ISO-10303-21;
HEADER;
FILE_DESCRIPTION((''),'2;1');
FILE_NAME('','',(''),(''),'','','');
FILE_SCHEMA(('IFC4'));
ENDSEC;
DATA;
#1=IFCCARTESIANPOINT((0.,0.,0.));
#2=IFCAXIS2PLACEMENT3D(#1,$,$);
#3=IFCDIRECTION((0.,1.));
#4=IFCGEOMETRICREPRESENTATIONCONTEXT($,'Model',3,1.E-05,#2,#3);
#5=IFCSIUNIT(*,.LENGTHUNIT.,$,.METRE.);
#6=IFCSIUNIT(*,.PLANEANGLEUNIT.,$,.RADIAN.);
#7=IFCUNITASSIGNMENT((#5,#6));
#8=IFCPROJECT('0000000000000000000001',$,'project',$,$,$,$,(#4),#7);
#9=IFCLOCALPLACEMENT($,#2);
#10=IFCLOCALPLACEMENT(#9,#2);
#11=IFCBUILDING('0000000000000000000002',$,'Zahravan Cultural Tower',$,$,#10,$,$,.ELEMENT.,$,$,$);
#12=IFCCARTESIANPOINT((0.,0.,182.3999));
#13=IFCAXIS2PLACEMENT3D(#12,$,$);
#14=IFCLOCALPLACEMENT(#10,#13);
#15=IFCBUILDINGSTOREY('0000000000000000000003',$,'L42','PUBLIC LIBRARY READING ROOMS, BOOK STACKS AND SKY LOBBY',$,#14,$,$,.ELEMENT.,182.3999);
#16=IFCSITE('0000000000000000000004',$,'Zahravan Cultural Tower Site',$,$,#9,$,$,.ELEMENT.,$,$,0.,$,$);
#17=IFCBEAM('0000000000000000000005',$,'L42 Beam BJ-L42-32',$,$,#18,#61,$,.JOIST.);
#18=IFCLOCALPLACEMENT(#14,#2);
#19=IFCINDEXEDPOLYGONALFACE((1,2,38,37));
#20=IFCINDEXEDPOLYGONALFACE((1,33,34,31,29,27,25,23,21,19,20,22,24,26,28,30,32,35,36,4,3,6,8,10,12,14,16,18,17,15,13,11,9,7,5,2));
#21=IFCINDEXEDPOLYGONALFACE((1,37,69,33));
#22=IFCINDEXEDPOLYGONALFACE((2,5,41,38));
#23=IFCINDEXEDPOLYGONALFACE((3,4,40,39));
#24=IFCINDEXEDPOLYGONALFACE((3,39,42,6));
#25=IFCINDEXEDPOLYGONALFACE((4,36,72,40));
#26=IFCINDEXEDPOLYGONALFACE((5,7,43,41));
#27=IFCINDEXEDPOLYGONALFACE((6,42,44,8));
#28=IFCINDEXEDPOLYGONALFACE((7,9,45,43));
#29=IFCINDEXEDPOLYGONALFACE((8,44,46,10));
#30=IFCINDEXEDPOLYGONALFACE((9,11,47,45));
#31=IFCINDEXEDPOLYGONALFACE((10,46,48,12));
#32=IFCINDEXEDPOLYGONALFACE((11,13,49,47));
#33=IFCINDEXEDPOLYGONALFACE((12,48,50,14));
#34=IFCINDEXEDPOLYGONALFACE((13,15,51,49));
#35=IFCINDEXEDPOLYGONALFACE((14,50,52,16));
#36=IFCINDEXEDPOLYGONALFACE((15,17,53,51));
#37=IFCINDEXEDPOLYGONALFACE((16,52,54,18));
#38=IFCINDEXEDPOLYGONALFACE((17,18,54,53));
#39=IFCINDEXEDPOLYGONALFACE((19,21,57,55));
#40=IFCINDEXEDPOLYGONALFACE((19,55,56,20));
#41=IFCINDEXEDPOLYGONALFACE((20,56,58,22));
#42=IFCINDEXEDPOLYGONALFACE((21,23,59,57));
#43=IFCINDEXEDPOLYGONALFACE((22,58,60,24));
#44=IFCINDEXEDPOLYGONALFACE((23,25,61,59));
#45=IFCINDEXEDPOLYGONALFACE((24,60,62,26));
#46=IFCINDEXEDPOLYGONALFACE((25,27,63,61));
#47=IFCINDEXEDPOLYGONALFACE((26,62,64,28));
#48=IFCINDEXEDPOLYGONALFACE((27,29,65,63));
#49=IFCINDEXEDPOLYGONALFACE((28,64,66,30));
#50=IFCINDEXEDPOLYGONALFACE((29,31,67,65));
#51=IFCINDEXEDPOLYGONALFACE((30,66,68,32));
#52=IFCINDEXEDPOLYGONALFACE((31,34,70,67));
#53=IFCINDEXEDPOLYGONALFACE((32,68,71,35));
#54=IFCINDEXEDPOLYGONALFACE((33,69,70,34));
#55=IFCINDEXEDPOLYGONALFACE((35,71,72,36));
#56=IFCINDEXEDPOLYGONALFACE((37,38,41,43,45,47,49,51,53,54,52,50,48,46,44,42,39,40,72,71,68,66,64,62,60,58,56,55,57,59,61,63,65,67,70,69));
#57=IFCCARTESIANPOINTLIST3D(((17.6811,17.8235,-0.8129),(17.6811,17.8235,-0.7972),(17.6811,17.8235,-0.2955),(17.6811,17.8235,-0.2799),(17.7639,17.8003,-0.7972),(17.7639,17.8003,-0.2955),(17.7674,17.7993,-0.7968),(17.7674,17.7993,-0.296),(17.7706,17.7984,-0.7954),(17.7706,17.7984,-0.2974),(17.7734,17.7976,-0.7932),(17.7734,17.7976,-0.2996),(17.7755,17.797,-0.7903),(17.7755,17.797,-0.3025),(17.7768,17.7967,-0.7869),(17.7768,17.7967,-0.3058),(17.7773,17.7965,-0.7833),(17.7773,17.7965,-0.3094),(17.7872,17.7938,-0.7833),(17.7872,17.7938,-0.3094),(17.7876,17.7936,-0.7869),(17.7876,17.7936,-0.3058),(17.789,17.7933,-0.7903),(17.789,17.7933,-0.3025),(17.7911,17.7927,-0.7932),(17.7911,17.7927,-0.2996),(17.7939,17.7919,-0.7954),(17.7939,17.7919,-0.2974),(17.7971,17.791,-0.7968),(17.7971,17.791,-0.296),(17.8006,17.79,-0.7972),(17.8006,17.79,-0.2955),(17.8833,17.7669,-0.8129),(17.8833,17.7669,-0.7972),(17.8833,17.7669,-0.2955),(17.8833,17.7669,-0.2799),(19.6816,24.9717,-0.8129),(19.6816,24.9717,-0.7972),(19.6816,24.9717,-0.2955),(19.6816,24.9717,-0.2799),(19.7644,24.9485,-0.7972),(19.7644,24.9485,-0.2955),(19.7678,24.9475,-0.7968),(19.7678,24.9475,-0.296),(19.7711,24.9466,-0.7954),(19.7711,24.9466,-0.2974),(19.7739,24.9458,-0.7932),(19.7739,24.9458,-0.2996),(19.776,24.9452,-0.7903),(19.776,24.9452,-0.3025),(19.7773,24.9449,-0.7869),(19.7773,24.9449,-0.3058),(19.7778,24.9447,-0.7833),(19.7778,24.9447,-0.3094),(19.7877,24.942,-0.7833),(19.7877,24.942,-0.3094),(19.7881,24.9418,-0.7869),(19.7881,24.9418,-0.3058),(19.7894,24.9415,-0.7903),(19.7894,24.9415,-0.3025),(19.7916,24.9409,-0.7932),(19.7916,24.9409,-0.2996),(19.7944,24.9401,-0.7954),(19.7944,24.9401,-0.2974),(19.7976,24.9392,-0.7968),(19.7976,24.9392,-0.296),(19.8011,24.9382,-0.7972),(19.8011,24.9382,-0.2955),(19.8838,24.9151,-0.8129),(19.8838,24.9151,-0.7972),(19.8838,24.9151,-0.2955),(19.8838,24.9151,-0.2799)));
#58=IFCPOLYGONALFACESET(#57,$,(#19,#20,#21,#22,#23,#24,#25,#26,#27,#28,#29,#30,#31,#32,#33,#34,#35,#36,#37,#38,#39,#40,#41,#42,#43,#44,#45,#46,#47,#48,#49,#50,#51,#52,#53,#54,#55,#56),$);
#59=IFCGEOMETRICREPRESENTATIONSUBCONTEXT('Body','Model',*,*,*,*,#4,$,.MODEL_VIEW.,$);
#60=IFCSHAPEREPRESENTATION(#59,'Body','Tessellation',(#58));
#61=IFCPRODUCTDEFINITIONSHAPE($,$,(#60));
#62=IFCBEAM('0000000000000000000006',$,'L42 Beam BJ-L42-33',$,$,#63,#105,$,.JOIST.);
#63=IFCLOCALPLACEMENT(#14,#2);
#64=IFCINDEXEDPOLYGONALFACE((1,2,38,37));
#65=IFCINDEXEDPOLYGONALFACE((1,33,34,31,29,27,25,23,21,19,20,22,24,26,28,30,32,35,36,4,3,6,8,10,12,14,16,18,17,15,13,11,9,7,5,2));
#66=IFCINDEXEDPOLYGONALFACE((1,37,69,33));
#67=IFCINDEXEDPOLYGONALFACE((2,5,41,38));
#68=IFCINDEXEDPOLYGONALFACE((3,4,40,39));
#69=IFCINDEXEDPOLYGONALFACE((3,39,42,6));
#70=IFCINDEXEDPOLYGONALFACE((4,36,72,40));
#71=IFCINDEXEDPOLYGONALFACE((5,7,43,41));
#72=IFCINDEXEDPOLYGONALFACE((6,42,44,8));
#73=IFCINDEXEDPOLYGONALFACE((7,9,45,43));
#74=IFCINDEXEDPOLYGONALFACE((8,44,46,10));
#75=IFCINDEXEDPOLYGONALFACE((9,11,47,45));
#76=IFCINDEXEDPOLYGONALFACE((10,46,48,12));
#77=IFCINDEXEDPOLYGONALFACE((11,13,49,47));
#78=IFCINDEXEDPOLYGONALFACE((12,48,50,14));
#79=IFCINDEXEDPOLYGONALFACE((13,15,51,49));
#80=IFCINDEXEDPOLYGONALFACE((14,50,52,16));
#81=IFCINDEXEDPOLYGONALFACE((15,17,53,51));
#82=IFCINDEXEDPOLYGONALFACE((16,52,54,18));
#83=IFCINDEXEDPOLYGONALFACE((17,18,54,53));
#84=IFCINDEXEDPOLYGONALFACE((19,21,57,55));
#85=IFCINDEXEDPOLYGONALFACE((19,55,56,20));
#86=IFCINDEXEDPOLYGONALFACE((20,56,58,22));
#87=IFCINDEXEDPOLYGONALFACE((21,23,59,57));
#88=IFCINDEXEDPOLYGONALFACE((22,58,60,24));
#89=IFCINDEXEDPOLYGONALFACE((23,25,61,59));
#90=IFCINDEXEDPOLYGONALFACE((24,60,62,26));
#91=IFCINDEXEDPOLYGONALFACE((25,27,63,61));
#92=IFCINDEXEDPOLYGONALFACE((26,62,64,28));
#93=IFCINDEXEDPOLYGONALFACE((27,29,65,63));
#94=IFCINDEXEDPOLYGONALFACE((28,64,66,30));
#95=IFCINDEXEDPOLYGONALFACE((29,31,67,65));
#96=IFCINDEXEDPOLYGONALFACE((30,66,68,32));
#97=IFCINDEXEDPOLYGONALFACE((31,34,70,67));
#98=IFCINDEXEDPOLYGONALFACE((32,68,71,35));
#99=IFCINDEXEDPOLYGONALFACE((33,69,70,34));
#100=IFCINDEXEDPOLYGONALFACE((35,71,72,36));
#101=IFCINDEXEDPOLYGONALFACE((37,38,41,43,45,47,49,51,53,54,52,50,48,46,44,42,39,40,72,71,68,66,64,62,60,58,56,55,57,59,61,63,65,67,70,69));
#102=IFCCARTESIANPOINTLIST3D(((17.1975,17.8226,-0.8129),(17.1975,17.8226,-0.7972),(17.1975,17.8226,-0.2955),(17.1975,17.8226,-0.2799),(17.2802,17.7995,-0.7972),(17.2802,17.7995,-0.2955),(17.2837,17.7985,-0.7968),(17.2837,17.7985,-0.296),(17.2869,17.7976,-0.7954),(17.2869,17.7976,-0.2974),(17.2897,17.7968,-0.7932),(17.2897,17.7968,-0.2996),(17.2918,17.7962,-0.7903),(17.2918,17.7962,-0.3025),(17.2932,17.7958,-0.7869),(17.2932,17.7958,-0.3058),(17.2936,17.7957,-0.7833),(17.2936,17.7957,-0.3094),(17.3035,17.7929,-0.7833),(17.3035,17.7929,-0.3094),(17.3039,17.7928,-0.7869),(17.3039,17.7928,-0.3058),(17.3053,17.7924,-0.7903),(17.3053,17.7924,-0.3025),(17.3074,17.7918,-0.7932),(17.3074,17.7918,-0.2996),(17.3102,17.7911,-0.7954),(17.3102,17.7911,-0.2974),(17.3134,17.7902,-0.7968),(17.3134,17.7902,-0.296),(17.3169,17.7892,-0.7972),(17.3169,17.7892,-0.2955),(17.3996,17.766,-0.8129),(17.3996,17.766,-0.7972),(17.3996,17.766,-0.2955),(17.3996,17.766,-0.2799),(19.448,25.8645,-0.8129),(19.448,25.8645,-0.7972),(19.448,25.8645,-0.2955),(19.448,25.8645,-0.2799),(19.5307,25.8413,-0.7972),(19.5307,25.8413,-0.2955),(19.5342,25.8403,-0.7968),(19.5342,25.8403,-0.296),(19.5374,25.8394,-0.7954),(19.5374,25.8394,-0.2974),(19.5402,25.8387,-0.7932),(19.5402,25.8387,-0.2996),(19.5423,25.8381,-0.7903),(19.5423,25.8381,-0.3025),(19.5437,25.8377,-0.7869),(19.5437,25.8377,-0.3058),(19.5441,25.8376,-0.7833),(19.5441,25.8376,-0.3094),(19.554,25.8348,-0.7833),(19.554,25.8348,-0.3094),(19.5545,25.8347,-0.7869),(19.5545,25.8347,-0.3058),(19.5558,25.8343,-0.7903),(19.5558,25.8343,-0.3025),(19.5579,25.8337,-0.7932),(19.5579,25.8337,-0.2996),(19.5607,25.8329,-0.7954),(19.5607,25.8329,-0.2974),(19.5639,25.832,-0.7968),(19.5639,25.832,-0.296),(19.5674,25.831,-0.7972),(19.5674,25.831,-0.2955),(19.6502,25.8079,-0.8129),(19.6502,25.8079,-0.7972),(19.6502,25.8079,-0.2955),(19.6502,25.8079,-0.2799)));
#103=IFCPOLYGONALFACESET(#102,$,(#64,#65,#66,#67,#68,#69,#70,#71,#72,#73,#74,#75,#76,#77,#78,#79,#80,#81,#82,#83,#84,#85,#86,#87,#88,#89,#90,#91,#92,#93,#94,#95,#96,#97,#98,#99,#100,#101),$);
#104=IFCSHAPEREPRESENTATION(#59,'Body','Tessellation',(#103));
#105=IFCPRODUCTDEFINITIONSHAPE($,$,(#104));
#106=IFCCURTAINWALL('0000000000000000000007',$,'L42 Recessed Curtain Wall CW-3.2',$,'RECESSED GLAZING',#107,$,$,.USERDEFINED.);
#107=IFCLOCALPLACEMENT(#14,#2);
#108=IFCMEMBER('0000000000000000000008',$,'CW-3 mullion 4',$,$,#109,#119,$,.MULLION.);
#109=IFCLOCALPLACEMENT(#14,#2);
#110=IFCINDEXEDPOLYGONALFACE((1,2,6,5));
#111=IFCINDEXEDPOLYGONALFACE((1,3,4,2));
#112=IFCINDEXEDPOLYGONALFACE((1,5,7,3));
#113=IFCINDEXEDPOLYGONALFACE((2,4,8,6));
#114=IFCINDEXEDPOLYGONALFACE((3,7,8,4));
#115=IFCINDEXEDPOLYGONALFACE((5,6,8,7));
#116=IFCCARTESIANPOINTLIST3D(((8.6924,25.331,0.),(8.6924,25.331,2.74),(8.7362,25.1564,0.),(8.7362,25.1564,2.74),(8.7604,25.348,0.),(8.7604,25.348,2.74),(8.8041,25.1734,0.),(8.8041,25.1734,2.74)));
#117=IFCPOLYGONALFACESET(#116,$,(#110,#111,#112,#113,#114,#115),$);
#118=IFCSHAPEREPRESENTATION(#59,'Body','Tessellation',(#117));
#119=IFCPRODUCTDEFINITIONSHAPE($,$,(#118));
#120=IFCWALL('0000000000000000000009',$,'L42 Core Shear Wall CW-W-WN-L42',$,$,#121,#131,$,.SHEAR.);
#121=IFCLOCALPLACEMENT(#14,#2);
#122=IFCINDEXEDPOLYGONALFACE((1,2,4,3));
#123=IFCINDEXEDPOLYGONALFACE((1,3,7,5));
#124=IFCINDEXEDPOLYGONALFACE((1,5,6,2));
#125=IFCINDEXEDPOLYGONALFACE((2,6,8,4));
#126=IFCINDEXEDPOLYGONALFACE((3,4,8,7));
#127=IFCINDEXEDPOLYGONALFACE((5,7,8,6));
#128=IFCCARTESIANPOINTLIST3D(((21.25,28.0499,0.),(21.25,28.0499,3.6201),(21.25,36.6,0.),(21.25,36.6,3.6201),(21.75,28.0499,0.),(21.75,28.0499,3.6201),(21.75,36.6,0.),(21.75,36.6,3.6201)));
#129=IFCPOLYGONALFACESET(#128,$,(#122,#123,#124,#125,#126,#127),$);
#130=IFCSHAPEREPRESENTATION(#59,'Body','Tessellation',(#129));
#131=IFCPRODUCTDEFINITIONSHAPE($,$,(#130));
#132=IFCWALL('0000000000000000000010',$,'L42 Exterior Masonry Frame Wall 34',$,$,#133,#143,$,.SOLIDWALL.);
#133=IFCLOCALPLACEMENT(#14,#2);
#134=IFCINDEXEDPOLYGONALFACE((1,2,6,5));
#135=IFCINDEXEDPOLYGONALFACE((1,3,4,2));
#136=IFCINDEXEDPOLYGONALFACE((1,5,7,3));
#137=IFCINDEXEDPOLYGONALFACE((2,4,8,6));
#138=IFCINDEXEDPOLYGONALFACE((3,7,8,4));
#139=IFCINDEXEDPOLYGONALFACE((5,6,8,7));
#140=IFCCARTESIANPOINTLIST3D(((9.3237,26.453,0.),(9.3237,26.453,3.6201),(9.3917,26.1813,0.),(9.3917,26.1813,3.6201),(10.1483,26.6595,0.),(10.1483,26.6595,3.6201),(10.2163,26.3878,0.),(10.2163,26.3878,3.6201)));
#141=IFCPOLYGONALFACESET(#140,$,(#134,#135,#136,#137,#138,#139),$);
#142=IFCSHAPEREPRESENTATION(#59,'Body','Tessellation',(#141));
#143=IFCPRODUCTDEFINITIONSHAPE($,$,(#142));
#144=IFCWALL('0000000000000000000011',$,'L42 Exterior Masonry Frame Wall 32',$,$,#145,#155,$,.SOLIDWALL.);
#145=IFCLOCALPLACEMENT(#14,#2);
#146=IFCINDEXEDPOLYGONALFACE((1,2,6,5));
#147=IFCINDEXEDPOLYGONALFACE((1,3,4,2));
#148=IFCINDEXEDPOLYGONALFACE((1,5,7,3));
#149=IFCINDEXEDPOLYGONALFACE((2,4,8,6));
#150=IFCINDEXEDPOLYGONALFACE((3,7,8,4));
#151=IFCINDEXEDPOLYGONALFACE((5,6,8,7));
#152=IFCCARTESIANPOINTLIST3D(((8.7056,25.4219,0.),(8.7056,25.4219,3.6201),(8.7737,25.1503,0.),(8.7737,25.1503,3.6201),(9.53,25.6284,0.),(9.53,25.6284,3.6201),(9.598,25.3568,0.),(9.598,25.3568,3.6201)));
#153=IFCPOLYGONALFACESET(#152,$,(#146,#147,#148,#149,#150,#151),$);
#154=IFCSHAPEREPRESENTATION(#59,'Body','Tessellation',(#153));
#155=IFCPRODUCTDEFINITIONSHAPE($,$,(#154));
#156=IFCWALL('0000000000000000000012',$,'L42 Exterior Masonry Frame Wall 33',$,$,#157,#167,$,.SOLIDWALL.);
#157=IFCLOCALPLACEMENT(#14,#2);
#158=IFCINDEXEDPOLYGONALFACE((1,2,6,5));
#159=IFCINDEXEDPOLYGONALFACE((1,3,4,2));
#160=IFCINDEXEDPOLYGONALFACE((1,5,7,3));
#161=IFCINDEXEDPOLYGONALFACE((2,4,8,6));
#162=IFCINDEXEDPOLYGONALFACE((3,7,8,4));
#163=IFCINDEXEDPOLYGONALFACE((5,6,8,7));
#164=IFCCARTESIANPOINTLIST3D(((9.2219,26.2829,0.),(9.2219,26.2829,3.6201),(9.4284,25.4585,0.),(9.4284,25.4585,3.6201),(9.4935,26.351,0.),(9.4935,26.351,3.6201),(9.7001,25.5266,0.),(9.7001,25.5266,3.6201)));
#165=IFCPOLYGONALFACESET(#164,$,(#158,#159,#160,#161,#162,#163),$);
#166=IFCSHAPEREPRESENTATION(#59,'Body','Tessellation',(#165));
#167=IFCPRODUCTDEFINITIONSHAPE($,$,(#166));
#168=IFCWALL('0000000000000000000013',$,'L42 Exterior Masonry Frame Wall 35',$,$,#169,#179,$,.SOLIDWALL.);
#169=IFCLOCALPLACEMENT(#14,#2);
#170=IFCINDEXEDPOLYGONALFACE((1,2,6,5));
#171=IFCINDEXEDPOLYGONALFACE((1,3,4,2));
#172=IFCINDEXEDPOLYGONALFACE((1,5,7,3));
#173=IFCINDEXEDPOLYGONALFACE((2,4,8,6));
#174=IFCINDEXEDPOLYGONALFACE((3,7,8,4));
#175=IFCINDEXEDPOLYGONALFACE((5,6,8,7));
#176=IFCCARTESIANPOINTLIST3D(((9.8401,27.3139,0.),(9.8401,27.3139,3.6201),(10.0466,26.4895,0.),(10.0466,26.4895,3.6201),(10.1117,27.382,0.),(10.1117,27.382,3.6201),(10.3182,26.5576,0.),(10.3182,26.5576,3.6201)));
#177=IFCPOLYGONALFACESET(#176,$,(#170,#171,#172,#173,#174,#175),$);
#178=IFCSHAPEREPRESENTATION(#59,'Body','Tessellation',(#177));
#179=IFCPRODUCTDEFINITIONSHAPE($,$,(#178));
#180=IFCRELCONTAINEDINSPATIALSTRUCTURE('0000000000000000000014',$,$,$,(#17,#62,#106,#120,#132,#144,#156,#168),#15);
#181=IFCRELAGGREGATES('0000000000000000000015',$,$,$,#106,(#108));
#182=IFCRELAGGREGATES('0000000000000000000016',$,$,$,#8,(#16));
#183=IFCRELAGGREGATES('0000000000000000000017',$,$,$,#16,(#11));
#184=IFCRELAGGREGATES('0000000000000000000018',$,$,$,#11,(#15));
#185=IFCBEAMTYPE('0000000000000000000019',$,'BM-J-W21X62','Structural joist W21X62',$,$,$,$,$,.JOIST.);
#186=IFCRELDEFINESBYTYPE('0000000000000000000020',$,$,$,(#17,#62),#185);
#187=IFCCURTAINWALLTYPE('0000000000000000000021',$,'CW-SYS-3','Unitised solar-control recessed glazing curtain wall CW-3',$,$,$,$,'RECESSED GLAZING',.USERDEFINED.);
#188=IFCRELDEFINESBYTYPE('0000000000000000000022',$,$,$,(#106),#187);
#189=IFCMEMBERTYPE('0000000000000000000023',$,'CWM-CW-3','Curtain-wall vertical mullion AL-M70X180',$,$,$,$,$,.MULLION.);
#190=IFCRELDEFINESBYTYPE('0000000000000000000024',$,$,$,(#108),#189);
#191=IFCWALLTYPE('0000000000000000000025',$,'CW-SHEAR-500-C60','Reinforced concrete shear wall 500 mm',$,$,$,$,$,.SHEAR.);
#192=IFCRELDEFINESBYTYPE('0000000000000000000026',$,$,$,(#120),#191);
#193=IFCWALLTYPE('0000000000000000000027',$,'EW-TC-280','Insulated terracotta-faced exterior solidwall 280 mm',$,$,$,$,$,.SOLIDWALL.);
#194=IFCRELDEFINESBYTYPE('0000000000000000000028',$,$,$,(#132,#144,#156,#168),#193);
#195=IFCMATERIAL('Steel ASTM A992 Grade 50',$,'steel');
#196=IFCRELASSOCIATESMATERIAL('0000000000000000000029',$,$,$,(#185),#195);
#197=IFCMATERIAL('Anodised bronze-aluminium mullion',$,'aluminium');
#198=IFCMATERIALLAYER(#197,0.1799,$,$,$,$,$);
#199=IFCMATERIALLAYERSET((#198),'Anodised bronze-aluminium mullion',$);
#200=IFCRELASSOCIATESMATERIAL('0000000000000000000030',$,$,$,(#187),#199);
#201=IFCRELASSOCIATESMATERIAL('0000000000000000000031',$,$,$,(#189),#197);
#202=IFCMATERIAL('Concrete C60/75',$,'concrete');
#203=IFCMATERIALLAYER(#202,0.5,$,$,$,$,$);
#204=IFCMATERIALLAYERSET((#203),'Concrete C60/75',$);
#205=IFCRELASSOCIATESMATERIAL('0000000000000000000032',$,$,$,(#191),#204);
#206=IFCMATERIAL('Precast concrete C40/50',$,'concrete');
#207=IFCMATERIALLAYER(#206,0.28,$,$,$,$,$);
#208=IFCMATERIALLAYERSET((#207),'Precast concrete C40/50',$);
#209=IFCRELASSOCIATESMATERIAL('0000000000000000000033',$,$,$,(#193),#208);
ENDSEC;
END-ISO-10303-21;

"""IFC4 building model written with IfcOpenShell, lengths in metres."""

from ifc_helpers import new_model, si_unit, direction, frame, frame_2d, origin, origin_2d, place, context, subcontext, project, spatial, rectangle, i_section, extrude, source, transform, mapped, material, layer, layer_set, material_profile, profile_set, type_object, element, aggregate, save


model = new_model("IFC4")

# Units and contexts
model_context = context("Model", 3, precision=1e-05, world=origin(), true_north=direction((0.0, 1.0)))
body_context = subcontext(model_context, "Body", "Model", "MODEL_VIEW")
ifc_project = project(units=[si_unit("LENGTHUNIT", "METRE"), si_unit("PLANEANGLEUNIT", "RADIAN")], contexts=[model_context])

# Site, building, storey
site_placement = place(None, origin())
site = spatial("IfcSite", under=ifc_project, at=site_placement, Name="Zahravan Cultural Tower Site", CompositionType="ELEMENT", RefElevation=0.0)
building_placement = place(site_placement, origin())
building = spatial("IfcBuilding", under=site, at=building_placement, Name="Zahravan Cultural Tower", CompositionType="ELEMENT")
storey_placement = place(building_placement, frame((0.0, 0.0, 182.3999)))
storey = spatial("IfcBuildingStorey", under=building, at=storey_placement, Name="L42", Description="PUBLIC LIBRARY READING ROOMS, BOOK STACKS AND SKY LOBBY", CompositionType="ELEMENT", Elevation=182.3999)

# Shared definitions
ifc_material_1 = material(Name="Steel ASTM A992 Grade 50", Category="steel")

# Beams
ifc_material_profile_1 = material_profile(ifc_material_1, i_section(OverallWidth=0.21, OverallDepth=0.533, WebThickness=0.0103, FlangeThickness=0.0156, FilletRadius=0.0139, at=origin_2d()), Name="W21X62")
ifc_profile_set_1 = profile_set([ifc_material_profile_1], Name="Steel ASTM A992 Grade 50")
beam_type_1 = type_object("IfcBeamType", Name="BM-J-W21X62", Description="Structural joist W21X62", PredefinedType="JOIST", material=ifc_profile_set_1)
shared_shape_1 = source(origin(), body_context, "Body", "SweptSolid", [
    extrude(i_section(OverallWidth=0.21, OverallDepth=0.533, WebThickness=0.0103, FlangeThickness=0.0156, FilletRadius=0.0139, at=origin_2d()), origin(), (0.0, 0.0, 1.0), 7.4229),
])
beam_1_placement = place(storey_placement, frame((19.7827, 24.9434, -0.5464), z_axis=(-0.269504, -0.962999, 0.0), x_axis=(0.962999, -0.269504, 0.0)))
element("IfcBeam", 1, at=beam_1_placement, inside=storey, type_object=beam_type_1, Name="L42 Beam BJ-L42-32", PredefinedType="JOIST", context=body_context, shape_type="MappedRepresentation", body=[
    mapped(shared_shape_1, transform((0.0, 0.0, 0.0), x_axis=(1.0, 0.0, 0.0), y_axis=(0.0, 1.0, 0.0), z_axis=(0.0, 0.0, 1.0), scale=1.0)),
])
shared_shape_2 = source(origin(), body_context, "Body", "SweptSolid", [
    extrude(i_section(OverallWidth=0.21, OverallDepth=0.533, WebThickness=0.0103, FlangeThickness=0.0156, FilletRadius=0.0139, at=origin_2d()), origin(), (0.0, 0.0, 1.0), 8.3508),
])
beam_2_placement = place(storey_placement, frame((19.5491, 25.8362, -0.5464), z_axis=(-0.269497, -0.963001, 0.0), x_axis=(0.963001, -0.269497, 0.0)))
element("IfcBeam", 2, at=beam_2_placement, inside=storey, type_object=beam_type_1, Name="L42 Beam BJ-L42-33", PredefinedType="JOIST", context=body_context, shape_type="MappedRepresentation", body=[
    mapped(shared_shape_2, transform((0.0, 0.0, 0.0), x_axis=(1.0, 0.0, 0.0), y_axis=(0.0, 1.0, 0.0), z_axis=(0.0, 0.0, 1.0), scale=1.0)),
])

# Curtain wall, member
ifc_material_2 = material(Name="Anodised bronze-aluminium mullion", Category="aluminium")
ifc_layer_1 = layer(ifc_material_2, 0.1799)
ifc_layer_set_1 = layer_set([ifc_layer_1], Name="Anodised bronze-aluminium mullion")
curtain_wall_type = type_object("IfcCurtainWallType", Name="CW-SYS-3", Description="Unitised solar-control recessed glazing curtain wall CW-3", ElementType="RECESSED GLAZING", PredefinedType="USERDEFINED", material=ifc_layer_set_1)
curtain_wall_placement = place(storey_placement, origin())
curtain_wall = element("IfcCurtainWall", 3, at=curtain_wall_placement, inside=storey, type_object=curtain_wall_type, Name="L42 Recessed Curtain Wall CW-3.2", ObjectType="RECESSED GLAZING", PredefinedType="USERDEFINED")
ifc_material_profile_2 = material_profile(ifc_material_2, rectangle(XDim=0.0701, YDim=0.1799, at=origin_2d()), Name="AL-M70X180")
ifc_profile_set_2 = profile_set([ifc_material_profile_2], Name="Anodised bronze-aluminium mullion")
member_type = type_object("IfcMemberType", Name="CWM-CW-3", Description="Curtain-wall vertical mullion AL-M70X180", PredefinedType="MULLION", material=ifc_profile_set_2)
shared_shape_3 = source(origin(), body_context, "Body", "SweptSolid", [
    extrude(rectangle(XDim=0.0701, YDim=0.1799, at=origin_2d()), origin(), (0.0, 0.0, 1.0), 2.74),
])
member_placement = place(storey_placement, frame((8.7483, 25.2522, 0.0), z_axis=(0.0, 0.0, 1.0), x_axis=(-0.97004, -0.242944, 0.0)))
member = element("IfcMember", 4, at=member_placement, type_object=member_type, Name="CW-3 mullion 4", PredefinedType="MULLION", context=body_context, shape_type="MappedRepresentation", body=[
    mapped(shared_shape_3, transform((0.0, 0.0, 0.0), x_axis=(1.0, 0.0, 0.0), y_axis=(0.0, 1.0, 0.0), z_axis=(0.0, 0.0, 1.0), scale=1.0)),
])
aggregate(curtain_wall, [member])

# Walls
ifc_material_3 = material(Name="Concrete C60/75", Category="concrete")
ifc_layer_2 = layer(ifc_material_3, 0.5)
ifc_layer_set_2 = layer_set([ifc_layer_2], Name="Concrete C60/75")
wall_type_1 = type_object("IfcWallType", Name="CW-SHEAR-500-C60", Description="Reinforced concrete shear wall 500 mm", PredefinedType="SHEAR", material=ifc_layer_set_2)
shared_shape_4 = source(origin(), body_context, "Body", "SweptSolid", [
    extrude(rectangle(XDim=8.55, YDim=0.5, at=frame_2d((4.2749, 0.0))), origin(), (0.0, 0.0, 1.0), 3.6201),
])
wall_1_placement = place(storey_placement, frame((21.5, 28.05, 0.0), z_axis=(0.0, 0.0, 1.0), x_axis=(0.0, 1.0, 0.0)))
element("IfcWall", 5, at=wall_1_placement, inside=storey, type_object=wall_type_1, Name="L42 Core Shear Wall CW-W-WN-L42", PredefinedType="SHEAR", context=body_context, shape_type="MappedRepresentation", body=[
    mapped(shared_shape_4, transform((0.0, 0.0, 0.0), x_axis=(1.0, 0.0, 0.0), y_axis=(0.0, 1.0, 0.0), z_axis=(0.0, 0.0, 1.0), scale=1.0)),
])
ifc_material_4 = material(Name="Precast concrete C40/50", Category="concrete")
ifc_layer_3 = layer(ifc_material_4, 0.28)
ifc_layer_set_3 = layer_set([ifc_layer_3], Name="Precast concrete C40/50")
wall_type_2 = type_object("IfcWallType", Name="EW-TC-280", Description="Insulated terracotta-faced exterior solidwall 280 mm", PredefinedType="SOLIDWALL", material=ifc_layer_set_3)
shared_shape_5 = source(origin(), body_context, "Body", "SweptSolid", [
    extrude(rectangle(XDim=0.8501, YDim=0.28, at=frame_2d((0.425, 0.0))), origin(), (0.0, 0.0, 1.0), 3.6201),
])
wall_2_placement = place(storey_placement, frame((9.3577, 26.3171, 0.0), z_axis=(0.0, 0.0, 1.0), x_axis=(0.970041, 0.242941, 0.0)))
element("IfcWall", 6, at=wall_2_placement, inside=storey, type_object=wall_type_2, Name="L42 Exterior Masonry Frame Wall 34", PredefinedType="SOLIDWALL", context=body_context, shape_type="MappedRepresentation", body=[
    mapped(shared_shape_5, transform((0.0, 0.0, 0.0), x_axis=(1.0, 0.0, 0.0), y_axis=(0.0, 1.0, 0.0), z_axis=(0.0, 0.0, 1.0), scale=1.0)),
])
shared_shape_6 = source(origin(), body_context, "Body", "SweptSolid", [
    extrude(rectangle(XDim=0.8499, YDim=0.28, at=frame_2d((0.4248, 0.0))), origin(), (0.0, 0.0, 1.0), 3.6201),
])
for number, where, z_axis, x_axis, name in (
    (7, (8.7397, 25.2861, 0.0), (0.0, 0.0, 1.0), (0.970024, 0.243009, 0.0), "L42 Exterior Masonry Frame Wall 32"),
    (8, (9.5642, 25.4927, 0.0), (0.0, 0.0, 1.0), (-0.243009, 0.970024, 0.0), "L42 Exterior Masonry Frame Wall 33"),
    (9, (10.1824, 26.5237, 0.0), (0.0, 0.0, 1.0), (-0.243009, 0.970024, 0.0), "L42 Exterior Masonry Frame Wall 35"),
):
    element("IfcWall", number, at=place(storey_placement, frame(where, z_axis=z_axis, x_axis=x_axis)), inside=storey, type_object=wall_type_2, Name=name, PredefinedType="SOLIDWALL", context=body_context, shape_type="MappedRepresentation", body=[
        mapped(shared_shape_6, transform((0.0, 0.0, 0.0), x_axis=(1.0, 0.0, 0.0), y_axis=(0.0, 1.0, 0.0), z_axis=(0.0, 0.0, 1.0), scale=1.0)),
    ])

save(model, "model.ifc")
